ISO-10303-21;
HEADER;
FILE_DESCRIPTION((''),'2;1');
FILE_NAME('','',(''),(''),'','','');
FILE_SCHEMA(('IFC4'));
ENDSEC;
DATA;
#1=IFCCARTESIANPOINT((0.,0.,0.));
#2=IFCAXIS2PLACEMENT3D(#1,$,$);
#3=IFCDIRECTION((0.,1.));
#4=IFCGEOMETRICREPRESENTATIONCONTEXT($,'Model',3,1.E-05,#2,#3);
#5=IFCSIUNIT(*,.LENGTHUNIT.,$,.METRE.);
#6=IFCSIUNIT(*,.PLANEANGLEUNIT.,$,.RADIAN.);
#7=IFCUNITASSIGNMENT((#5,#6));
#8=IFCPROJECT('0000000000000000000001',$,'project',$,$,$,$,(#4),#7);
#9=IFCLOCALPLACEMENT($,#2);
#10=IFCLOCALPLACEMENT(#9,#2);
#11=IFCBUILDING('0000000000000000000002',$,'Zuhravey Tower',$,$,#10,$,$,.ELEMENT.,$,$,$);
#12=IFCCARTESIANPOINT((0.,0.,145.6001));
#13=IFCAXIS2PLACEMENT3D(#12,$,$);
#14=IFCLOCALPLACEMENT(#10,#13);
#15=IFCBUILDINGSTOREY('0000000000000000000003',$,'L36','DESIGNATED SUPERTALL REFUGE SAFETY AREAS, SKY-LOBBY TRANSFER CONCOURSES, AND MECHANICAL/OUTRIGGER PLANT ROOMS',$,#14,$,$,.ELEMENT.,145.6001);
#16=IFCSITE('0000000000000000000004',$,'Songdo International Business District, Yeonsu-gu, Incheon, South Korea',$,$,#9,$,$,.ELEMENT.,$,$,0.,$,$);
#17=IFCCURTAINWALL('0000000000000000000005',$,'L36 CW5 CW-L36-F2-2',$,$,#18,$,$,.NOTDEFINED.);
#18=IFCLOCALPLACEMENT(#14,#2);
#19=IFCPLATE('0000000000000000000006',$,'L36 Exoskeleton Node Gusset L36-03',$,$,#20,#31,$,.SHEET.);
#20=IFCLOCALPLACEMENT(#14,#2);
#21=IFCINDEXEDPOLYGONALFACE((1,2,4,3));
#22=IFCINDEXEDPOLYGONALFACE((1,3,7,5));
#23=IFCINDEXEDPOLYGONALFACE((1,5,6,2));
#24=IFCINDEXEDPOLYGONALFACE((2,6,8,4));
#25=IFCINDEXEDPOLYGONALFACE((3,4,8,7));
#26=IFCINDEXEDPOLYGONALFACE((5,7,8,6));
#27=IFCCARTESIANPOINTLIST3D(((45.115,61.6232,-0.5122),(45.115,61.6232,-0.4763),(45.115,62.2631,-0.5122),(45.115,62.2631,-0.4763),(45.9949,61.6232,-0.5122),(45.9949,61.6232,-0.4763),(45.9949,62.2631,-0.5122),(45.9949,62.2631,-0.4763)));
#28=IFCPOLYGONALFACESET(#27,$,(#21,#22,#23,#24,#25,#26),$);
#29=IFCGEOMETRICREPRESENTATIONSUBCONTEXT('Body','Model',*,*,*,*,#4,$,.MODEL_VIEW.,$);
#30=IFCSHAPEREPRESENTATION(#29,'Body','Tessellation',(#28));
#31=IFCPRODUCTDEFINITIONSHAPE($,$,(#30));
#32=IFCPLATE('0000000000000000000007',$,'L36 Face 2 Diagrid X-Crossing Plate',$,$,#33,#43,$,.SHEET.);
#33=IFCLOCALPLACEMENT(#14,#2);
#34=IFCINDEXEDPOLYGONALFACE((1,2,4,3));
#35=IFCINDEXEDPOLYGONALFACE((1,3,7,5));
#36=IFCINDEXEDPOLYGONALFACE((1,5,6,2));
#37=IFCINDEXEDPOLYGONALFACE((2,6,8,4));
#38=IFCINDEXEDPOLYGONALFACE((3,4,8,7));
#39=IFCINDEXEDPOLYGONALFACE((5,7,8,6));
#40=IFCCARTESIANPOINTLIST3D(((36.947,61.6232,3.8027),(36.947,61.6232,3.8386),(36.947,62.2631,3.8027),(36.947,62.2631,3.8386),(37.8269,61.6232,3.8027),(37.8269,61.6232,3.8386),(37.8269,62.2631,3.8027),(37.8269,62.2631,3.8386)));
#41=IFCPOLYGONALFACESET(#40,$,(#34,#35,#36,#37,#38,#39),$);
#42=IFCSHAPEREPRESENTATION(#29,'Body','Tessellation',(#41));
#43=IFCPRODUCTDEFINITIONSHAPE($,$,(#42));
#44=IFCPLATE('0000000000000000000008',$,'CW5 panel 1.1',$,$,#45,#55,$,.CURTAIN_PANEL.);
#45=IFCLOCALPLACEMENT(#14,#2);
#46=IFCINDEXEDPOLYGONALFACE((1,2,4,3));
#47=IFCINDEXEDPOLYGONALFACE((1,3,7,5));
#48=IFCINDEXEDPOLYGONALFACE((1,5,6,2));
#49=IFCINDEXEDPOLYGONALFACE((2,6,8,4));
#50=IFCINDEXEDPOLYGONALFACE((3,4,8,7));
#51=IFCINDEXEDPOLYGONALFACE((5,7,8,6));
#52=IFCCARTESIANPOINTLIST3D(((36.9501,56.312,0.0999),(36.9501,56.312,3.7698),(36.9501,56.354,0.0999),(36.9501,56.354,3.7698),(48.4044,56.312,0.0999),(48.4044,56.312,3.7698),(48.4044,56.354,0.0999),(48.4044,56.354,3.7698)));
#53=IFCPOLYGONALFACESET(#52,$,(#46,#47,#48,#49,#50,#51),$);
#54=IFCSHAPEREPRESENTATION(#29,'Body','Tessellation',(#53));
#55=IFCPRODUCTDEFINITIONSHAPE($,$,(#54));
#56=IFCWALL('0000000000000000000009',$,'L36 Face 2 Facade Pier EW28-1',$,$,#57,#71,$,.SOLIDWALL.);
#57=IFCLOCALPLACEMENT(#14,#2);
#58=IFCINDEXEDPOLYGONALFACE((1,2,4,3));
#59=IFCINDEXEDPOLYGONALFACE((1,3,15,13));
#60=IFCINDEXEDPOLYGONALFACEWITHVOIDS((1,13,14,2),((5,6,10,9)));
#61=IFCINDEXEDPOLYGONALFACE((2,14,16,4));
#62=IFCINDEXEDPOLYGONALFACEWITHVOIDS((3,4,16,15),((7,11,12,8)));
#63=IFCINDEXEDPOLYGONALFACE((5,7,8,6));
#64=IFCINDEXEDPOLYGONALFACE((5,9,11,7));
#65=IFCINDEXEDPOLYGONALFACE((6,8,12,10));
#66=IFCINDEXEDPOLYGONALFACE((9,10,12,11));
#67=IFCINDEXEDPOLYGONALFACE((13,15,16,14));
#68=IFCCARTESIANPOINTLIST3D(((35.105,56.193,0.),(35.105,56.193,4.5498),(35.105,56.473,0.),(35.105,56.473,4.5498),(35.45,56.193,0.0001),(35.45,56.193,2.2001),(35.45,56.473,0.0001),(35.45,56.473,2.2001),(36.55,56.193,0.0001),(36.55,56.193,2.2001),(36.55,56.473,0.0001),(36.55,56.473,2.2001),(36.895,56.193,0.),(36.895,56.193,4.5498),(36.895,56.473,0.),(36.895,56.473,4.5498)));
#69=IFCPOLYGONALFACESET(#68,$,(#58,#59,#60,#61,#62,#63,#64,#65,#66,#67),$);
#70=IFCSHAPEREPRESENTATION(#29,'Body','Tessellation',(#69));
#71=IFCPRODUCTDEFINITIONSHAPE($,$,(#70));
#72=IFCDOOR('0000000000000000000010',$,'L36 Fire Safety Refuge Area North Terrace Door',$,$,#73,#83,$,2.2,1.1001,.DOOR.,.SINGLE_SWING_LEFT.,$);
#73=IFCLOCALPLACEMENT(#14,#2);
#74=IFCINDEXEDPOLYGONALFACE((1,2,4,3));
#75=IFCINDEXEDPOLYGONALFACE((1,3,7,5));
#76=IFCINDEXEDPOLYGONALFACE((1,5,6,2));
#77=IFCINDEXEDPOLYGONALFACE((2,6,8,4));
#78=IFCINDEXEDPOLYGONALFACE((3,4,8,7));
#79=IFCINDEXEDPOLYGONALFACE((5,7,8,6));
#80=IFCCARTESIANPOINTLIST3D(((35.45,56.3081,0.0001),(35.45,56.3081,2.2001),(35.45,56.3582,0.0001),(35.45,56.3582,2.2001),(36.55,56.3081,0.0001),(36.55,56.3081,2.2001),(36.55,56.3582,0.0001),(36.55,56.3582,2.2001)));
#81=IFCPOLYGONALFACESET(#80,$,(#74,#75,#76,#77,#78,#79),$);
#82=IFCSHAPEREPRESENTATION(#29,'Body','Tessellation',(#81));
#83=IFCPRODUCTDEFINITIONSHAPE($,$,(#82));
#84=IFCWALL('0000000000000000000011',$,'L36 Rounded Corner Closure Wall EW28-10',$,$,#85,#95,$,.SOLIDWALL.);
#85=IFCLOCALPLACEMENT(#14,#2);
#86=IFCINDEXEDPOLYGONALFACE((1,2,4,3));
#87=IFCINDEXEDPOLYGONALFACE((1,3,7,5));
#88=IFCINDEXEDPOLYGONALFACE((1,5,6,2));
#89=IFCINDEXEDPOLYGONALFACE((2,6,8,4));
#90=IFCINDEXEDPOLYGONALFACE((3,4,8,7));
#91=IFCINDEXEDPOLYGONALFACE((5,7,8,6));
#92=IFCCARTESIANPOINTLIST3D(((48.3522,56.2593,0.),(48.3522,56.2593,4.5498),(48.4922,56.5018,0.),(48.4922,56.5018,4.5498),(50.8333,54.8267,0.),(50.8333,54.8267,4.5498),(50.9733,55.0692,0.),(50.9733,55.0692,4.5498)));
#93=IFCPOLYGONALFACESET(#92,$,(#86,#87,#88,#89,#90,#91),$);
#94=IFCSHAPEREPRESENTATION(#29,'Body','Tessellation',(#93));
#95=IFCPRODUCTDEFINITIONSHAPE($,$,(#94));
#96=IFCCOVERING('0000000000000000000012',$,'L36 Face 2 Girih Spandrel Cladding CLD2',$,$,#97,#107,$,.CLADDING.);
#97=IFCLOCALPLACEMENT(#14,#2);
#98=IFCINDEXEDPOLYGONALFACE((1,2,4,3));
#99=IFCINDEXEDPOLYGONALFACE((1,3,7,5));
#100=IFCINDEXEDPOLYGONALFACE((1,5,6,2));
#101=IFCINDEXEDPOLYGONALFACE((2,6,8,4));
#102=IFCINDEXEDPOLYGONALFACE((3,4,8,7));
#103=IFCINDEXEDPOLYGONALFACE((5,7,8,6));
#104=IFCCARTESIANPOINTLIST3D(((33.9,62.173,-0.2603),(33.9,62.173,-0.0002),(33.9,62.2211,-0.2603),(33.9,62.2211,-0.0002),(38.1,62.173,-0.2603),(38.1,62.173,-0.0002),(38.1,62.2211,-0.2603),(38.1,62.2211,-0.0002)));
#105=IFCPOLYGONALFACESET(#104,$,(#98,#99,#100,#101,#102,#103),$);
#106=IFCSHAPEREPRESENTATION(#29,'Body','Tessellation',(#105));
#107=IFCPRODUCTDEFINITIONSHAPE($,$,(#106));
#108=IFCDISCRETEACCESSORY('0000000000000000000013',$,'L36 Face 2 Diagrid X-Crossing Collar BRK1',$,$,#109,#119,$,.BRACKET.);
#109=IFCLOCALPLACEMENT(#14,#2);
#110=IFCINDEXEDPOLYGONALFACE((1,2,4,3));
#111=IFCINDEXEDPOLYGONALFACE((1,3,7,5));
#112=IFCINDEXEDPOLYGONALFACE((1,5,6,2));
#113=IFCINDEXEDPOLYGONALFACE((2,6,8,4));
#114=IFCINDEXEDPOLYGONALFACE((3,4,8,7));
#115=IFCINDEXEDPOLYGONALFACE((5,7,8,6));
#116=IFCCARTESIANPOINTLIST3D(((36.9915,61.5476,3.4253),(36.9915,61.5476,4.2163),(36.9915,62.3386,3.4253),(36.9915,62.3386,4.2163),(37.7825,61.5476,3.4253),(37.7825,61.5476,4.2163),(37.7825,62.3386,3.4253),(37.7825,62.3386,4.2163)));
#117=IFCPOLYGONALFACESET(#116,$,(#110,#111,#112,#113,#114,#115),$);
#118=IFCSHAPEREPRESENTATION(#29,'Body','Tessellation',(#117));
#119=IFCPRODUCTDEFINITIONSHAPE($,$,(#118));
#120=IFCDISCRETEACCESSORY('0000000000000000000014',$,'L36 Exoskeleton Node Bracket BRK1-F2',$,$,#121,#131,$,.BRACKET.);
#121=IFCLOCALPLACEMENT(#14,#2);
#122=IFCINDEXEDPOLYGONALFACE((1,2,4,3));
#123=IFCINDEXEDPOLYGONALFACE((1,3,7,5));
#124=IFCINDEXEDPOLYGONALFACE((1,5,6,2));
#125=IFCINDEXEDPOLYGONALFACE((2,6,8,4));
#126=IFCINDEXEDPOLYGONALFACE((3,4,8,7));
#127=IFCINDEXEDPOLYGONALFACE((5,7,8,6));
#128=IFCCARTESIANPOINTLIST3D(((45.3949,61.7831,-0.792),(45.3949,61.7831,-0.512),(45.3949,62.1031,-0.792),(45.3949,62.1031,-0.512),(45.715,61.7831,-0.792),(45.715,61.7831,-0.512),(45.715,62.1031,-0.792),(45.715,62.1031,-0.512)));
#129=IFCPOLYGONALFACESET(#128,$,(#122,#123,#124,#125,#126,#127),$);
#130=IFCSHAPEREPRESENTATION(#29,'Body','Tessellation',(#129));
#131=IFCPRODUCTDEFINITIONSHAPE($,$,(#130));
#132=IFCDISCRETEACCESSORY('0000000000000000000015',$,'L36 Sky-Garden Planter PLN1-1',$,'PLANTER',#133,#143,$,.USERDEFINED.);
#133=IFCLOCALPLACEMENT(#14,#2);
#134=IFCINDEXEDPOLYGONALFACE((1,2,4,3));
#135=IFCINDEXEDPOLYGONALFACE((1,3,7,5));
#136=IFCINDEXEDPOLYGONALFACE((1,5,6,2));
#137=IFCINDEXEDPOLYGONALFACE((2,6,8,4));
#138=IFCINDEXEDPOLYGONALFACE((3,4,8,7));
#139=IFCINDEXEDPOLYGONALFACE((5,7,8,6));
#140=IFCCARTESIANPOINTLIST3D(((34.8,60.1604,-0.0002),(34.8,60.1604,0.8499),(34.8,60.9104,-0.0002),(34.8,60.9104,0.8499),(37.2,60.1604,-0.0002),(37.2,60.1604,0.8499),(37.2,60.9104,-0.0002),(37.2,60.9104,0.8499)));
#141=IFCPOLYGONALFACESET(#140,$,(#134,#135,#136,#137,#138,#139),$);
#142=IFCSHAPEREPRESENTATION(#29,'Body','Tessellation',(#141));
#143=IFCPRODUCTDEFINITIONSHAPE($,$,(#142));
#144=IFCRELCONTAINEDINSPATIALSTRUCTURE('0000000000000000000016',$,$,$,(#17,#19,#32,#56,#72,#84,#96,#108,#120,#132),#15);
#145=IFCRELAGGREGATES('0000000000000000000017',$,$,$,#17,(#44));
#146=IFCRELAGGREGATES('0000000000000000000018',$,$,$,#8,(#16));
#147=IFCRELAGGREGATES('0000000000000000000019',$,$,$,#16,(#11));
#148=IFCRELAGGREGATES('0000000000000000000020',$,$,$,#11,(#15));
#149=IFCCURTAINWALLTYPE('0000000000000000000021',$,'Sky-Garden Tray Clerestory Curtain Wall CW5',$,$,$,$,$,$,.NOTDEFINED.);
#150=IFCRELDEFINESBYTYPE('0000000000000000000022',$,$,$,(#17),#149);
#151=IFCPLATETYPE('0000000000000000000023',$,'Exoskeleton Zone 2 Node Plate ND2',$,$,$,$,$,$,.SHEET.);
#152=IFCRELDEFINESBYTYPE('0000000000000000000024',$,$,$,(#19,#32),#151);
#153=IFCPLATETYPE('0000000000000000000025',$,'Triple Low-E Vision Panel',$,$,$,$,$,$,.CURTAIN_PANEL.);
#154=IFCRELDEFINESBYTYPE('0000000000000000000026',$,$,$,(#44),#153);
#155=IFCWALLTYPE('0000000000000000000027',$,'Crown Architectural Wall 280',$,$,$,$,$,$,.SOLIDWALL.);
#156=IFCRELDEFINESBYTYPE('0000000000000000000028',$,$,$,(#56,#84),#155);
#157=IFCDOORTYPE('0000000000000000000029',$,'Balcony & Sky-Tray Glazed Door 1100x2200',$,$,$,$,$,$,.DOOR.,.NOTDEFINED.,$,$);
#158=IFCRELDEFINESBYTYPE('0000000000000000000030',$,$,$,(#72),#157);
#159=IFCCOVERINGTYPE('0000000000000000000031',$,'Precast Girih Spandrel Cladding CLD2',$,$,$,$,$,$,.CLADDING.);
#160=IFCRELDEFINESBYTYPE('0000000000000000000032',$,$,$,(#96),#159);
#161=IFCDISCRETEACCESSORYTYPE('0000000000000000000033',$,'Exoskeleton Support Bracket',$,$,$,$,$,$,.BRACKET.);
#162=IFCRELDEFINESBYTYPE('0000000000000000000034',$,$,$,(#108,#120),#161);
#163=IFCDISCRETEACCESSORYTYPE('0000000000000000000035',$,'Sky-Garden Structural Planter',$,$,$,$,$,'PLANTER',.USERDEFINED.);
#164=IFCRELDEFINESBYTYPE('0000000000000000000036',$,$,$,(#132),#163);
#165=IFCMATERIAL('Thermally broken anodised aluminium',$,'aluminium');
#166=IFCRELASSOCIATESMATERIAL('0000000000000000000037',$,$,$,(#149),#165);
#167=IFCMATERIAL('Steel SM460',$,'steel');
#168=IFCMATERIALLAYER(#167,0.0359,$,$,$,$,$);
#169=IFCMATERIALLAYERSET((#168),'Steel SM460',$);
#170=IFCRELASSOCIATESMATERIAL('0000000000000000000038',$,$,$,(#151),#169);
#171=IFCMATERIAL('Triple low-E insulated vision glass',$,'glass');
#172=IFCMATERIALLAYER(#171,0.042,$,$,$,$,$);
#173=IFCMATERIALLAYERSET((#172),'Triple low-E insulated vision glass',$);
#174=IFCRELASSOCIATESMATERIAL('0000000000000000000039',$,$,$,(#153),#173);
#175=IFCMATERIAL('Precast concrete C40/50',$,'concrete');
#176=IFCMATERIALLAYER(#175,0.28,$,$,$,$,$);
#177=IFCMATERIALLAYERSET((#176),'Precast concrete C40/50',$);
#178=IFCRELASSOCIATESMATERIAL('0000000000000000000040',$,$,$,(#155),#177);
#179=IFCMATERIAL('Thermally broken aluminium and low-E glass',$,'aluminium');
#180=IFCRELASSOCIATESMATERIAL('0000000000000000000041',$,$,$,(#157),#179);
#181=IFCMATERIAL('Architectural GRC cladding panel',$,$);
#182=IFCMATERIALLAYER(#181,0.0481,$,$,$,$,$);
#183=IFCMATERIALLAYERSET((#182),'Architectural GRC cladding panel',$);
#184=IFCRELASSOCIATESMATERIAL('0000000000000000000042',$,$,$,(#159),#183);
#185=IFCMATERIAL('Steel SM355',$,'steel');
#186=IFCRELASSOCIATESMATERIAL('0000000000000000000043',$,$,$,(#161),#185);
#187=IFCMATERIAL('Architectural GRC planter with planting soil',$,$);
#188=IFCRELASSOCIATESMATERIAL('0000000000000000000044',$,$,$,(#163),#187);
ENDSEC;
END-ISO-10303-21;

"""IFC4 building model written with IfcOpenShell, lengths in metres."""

from ifc_helpers import new_model, si_unit, direction, frame, frame_2d, origin, origin_2d, place, context, subcontext, project, spatial, rectangle, extrude, material, layer, layer_set, type_object, element, fill, aggregate, save


model = new_model("IFC4")

# Units and contexts
model_context = context("Model", 3, precision=1e-05, world=origin(), true_north=direction((0.0, 1.0)))
body_context = subcontext(model_context, "Body", "Model", "MODEL_VIEW")
ifc_project = project(units=[si_unit("LENGTHUNIT", "METRE"), si_unit("PLANEANGLEUNIT", "RADIAN")], contexts=[model_context])

# Site, building, storey
site_placement = place(None, origin())
site = spatial("IfcSite", under=ifc_project, at=site_placement, Name="Songdo International Business District, Yeonsu-gu, Incheon, South Korea", CompositionType="ELEMENT", RefElevation=0.0)
building_placement = place(site_placement, origin())
building = spatial("IfcBuilding", under=site, at=building_placement, Name="Zuhravey Tower", CompositionType="ELEMENT")
storey_placement = place(building_placement, frame((0.0, 0.0, 145.6001)))
storey = spatial("IfcBuildingStorey", under=building, at=storey_placement, Name="L36", Description="DESIGNATED SUPERTALL REFUGE SAFETY AREAS, SKY-LOBBY TRANSFER CONCOURSES, AND MECHANICAL/OUTRIGGER PLANT ROOMS", CompositionType="ELEMENT", Elevation=145.6001)

# Shared definitions
ifc_material_1 = material(Name="Steel SM355", Category="steel")
ifc_material_2 = material(Name="Steel SM460", Category="steel")

# Shared definitions
ifc_material_3 = material(Name="Thermally broken anodised aluminium", Category="aluminium")
curtain_wall_type = type_object("IfcCurtainWallType", Name="Sky-Garden Tray Clerestory Curtain Wall CW5", PredefinedType="NOTDEFINED", material=ifc_material_3)

# Curtain wall
curtain_wall_1_placement = place(storey_placement, origin())
curtain_wall_1 = element("IfcCurtainWall", 1, at=curtain_wall_1_placement, inside=storey, type_object=curtain_wall_type, Name="L36 CW5 CW-L36-F2-2", PredefinedType="NOTDEFINED")

# Plates
ifc_layer_1 = layer(ifc_material_2, 0.0359)
ifc_layer_set_1 = layer_set([ifc_layer_1], Name="Steel SM460")
plate_type_1 = type_object("IfcPlateType", Name="Exoskeleton Zone 2 Node Plate ND2", PredefinedType="SHEET", material=ifc_layer_set_1)
for number, where, z_axis, x_axis, name in (
    (2, (45.5549, 61.9431, -0.5122), (0.0, 0.0, 1.0), (-1.0, 0.0, 0.0), "L36 Exoskeleton Node Gusset L36-03"),
    (3, (37.387, 61.9431, 3.8027), (0.0, 0.0, 1.0), (-1.0, 0.0, 0.0), "L36 Face 2 Diagrid X-Crossing Plate"),
):
    element("IfcPlate", number, at=place(storey_placement, frame(where, z_axis=z_axis, x_axis=x_axis)), inside=storey, type_object=plate_type_1, Name=name, PredefinedType="SHEET", context=body_context, shape_type="SweptSolid", body=[
        extrude(rectangle(XDim=0.8799, YDim=0.6399, at=origin_2d()), origin(), (0.0, 0.0, 1.0), 0.0359),
    ])

# Plate
ifc_material_4 = material(Name="Triple low-E insulated vision glass", Category="glass")
ifc_layer_2 = layer(ifc_material_4, 0.042)
ifc_layer_set_2 = layer_set([ifc_layer_2], Name="Triple low-E insulated vision glass")
plate_type_2 = type_object("IfcPlateType", Name="Triple Low-E Vision Panel", PredefinedType="CURTAIN_PANEL", material=ifc_layer_set_2)
plate_placement = place(storey_placement, frame((42.6772, 56.333, 0.0999), z_axis=(0.0, 0.0, 1.0), x_axis=(1.0, 0.0, 0.0)))
plate = element("IfcPlate", 4, at=plate_placement, type_object=plate_type_2, Name="CW5 panel 1.1", PredefinedType="CURTAIN_PANEL", context=body_context, shape_type="SweptSolid", body=[
    extrude(rectangle(XDim=11.4543, YDim=0.042, at=origin_2d()), origin(), (0.0, 0.0, 1.0), 3.6699),
])
aggregate(curtain_wall_1, [plate])

# Wall, opening, door
ifc_material_5 = material(Name="Precast concrete C40/50", Category="concrete")
ifc_layer_3 = layer(ifc_material_5, 0.28)
ifc_layer_set_3 = layer_set([ifc_layer_3], Name="Precast concrete C40/50")
wall_type = type_object("IfcWallType", Name="Crown Architectural Wall 280", PredefinedType="SOLIDWALL", material=ifc_layer_set_3)
wall_1_placement = place(storey_placement, frame((35.105, 56.333, 0.0), z_axis=(0.0, 0.0, 1.0), x_axis=(1.0, 0.0, 0.0)))
wall_1 = element("IfcWall", 5, at=wall_1_placement, inside=storey, type_object=wall_type, Name="L36 Face 2 Facade Pier EW28-1", PredefinedType="SOLIDWALL", context=body_context, shape_type="SweptSolid", body=[
    extrude(rectangle(XDim=1.79, YDim=0.28, at=frame_2d((0.895, 0.0))), origin(), (0.0, 0.0, 1.0), 4.5498),
])
opening_placement = place(wall_1_placement, frame((0.345, 0.0, 0.0)))
opening = element("IfcOpeningElement", 6, at=opening_placement, cuts=wall_1, PredefinedType="OPENING", context=body_context, shape_type="SweptSolid", body=[
    extrude(rectangle(XDim=1.1001, YDim=2.2, at=frame_2d((0.55, 1.1001))), frame((0.0, 0.1521, 0.0), z_axis=(0.0, -1.0, 0.0), x_axis=(1.0, 0.0, 0.0)), (0.0, 0.0, 1.0), 0.304),
])
ifc_material_6 = material(Name="Thermally broken aluminium and low-E glass", Category="aluminium")
door_type = type_object("IfcDoorType", Name="Balcony & Sky-Tray Glazed Door 1100x2200", OperationType="NOTDEFINED", PredefinedType="DOOR", material=ifc_material_6)
door_placement = place(opening_placement, frame((1.1001, 0.0, 0.0), z_axis=(0.0, 0.0, 1.0), x_axis=(-1.0, 0.0, 0.0)))
door = element("IfcDoor", 7, at=door_placement, inside=storey, type_object=door_type, Name="L36 Fire Safety Refuge Area North Terrace Door", OperationType="SINGLE_SWING_LEFT", OverallHeight=2.2, OverallWidth=1.1001, PredefinedType="DOOR", context=body_context, shape_type="SweptSolid", body=[
    extrude(rectangle(XDim=1.1001, YDim=2.2, at=frame_2d((0.55, 1.1001))), frame((0.0, 0.0249, 0.0), z_axis=(0.0, -1.0, 0.0), x_axis=(1.0, 0.0, 0.0)), (0.0, 0.0, 1.0), 0.05),
])
fill(opening, door)

# Wall
wall_2_placement = place(storey_placement, frame((48.4221, 56.3806, 0.0), z_axis=(0.0, 0.0, 1.0), x_axis=(0.866011, -0.500025, 0.0)))
element("IfcWall", 8, at=wall_2_placement, inside=storey, type_object=wall_type, Name="L36 Rounded Corner Closure Wall EW28-10", PredefinedType="SOLIDWALL", context=body_context, shape_type="SweptSolid", body=[
    extrude(rectangle(XDim=2.865, YDim=0.28, at=frame_2d((1.4326, 0.0))), origin(), (0.0, 0.0, 1.0), 4.5498),
])

# Covering
ifc_material_7 = material(Name="Architectural GRC cladding panel")
ifc_layer_4 = layer(ifc_material_7, 0.0481)
ifc_layer_set_4 = layer_set([ifc_layer_4], Name="Architectural GRC cladding panel")
covering_type = type_object("IfcCoveringType", Name="Precast Girih Spandrel Cladding CLD2", PredefinedType="CLADDING", material=ifc_layer_set_4)
covering_placement = place(storey_placement, frame((36.0, 62.197, -0.2603), z_axis=(0.0, 0.0, 1.0), x_axis=(1.0, 0.0, 0.0)))
element("IfcCovering", 9, at=covering_placement, inside=storey, type_object=covering_type, Name="L36 Face 2 Girih Spandrel Cladding CLD2", PredefinedType="CLADDING", context=body_context, shape_type="SweptSolid", body=[
    extrude(rectangle(XDim=4.2, YDim=0.0481, at=origin_2d()), origin(), (0.0, 0.0, 1.0), 0.26),
])

# Discrete accessories
discrete_accessory_type_1 = type_object("IfcDiscreteAccessoryType", Name="Exoskeleton Support Bracket", PredefinedType="BRACKET", material=ifc_material_1)
discrete_accessory_1_placement = place(storey_placement, frame((37.387, 61.9431, 3.4253), z_axis=(0.0, 0.0, 1.0), x_axis=(-1.0, 0.0, 0.0)))
element("IfcDiscreteAccessory", 10, at=discrete_accessory_1_placement, inside=storey, type_object=discrete_accessory_type_1, Name="L36 Face 2 Diagrid X-Crossing Collar BRK1", PredefinedType="BRACKET", context=body_context, shape_type="SweptSolid", body=[
    extrude(rectangle(XDim=0.791, YDim=0.791, at=origin_2d()), origin(), (0.0, 0.0, 1.0), 0.791),
])
discrete_accessory_2_placement = place(storey_placement, frame((45.5549, 61.9431, -0.792), z_axis=(0.0, 0.0, 1.0), x_axis=(-1.0, 0.0, 0.0)))
element("IfcDiscreteAccessory", 11, at=discrete_accessory_2_placement, inside=storey, type_object=discrete_accessory_type_1, Name="L36 Exoskeleton Node Bracket BRK1-F2", PredefinedType="BRACKET", context=body_context, shape_type="SweptSolid", body=[
    extrude(rectangle(XDim=0.3201, YDim=0.3201, at=origin_2d()), origin(), (0.0, 0.0, 1.0), 0.28),
])
ifc_material_8 = material(Name="Architectural GRC planter with planting soil")
discrete_accessory_type_2 = type_object("IfcDiscreteAccessoryType", Name="Sky-Garden Structural Planter", ElementType="PLANTER", PredefinedType="USERDEFINED", material=ifc_material_8)
discrete_accessory_3_placement = place(storey_placement, frame((36.0, 60.5354, -0.0002), z_axis=(0.0, 0.0, 1.0), x_axis=(-1.0, 0.0, 0.0)))
element("IfcDiscreteAccessory", 12, at=discrete_accessory_3_placement, inside=storey, type_object=discrete_accessory_type_2, Name="L36 Sky-Garden Planter PLN1-1", ObjectType="PLANTER", PredefinedType="USERDEFINED", context=body_context, shape_type="SweptSolid", body=[
    extrude(rectangle(XDim=2.3999, YDim=0.75, at=origin_2d()), origin(), (0.0, 0.0, 1.0), 0.8501),
])

save(model, "model.ifc")
